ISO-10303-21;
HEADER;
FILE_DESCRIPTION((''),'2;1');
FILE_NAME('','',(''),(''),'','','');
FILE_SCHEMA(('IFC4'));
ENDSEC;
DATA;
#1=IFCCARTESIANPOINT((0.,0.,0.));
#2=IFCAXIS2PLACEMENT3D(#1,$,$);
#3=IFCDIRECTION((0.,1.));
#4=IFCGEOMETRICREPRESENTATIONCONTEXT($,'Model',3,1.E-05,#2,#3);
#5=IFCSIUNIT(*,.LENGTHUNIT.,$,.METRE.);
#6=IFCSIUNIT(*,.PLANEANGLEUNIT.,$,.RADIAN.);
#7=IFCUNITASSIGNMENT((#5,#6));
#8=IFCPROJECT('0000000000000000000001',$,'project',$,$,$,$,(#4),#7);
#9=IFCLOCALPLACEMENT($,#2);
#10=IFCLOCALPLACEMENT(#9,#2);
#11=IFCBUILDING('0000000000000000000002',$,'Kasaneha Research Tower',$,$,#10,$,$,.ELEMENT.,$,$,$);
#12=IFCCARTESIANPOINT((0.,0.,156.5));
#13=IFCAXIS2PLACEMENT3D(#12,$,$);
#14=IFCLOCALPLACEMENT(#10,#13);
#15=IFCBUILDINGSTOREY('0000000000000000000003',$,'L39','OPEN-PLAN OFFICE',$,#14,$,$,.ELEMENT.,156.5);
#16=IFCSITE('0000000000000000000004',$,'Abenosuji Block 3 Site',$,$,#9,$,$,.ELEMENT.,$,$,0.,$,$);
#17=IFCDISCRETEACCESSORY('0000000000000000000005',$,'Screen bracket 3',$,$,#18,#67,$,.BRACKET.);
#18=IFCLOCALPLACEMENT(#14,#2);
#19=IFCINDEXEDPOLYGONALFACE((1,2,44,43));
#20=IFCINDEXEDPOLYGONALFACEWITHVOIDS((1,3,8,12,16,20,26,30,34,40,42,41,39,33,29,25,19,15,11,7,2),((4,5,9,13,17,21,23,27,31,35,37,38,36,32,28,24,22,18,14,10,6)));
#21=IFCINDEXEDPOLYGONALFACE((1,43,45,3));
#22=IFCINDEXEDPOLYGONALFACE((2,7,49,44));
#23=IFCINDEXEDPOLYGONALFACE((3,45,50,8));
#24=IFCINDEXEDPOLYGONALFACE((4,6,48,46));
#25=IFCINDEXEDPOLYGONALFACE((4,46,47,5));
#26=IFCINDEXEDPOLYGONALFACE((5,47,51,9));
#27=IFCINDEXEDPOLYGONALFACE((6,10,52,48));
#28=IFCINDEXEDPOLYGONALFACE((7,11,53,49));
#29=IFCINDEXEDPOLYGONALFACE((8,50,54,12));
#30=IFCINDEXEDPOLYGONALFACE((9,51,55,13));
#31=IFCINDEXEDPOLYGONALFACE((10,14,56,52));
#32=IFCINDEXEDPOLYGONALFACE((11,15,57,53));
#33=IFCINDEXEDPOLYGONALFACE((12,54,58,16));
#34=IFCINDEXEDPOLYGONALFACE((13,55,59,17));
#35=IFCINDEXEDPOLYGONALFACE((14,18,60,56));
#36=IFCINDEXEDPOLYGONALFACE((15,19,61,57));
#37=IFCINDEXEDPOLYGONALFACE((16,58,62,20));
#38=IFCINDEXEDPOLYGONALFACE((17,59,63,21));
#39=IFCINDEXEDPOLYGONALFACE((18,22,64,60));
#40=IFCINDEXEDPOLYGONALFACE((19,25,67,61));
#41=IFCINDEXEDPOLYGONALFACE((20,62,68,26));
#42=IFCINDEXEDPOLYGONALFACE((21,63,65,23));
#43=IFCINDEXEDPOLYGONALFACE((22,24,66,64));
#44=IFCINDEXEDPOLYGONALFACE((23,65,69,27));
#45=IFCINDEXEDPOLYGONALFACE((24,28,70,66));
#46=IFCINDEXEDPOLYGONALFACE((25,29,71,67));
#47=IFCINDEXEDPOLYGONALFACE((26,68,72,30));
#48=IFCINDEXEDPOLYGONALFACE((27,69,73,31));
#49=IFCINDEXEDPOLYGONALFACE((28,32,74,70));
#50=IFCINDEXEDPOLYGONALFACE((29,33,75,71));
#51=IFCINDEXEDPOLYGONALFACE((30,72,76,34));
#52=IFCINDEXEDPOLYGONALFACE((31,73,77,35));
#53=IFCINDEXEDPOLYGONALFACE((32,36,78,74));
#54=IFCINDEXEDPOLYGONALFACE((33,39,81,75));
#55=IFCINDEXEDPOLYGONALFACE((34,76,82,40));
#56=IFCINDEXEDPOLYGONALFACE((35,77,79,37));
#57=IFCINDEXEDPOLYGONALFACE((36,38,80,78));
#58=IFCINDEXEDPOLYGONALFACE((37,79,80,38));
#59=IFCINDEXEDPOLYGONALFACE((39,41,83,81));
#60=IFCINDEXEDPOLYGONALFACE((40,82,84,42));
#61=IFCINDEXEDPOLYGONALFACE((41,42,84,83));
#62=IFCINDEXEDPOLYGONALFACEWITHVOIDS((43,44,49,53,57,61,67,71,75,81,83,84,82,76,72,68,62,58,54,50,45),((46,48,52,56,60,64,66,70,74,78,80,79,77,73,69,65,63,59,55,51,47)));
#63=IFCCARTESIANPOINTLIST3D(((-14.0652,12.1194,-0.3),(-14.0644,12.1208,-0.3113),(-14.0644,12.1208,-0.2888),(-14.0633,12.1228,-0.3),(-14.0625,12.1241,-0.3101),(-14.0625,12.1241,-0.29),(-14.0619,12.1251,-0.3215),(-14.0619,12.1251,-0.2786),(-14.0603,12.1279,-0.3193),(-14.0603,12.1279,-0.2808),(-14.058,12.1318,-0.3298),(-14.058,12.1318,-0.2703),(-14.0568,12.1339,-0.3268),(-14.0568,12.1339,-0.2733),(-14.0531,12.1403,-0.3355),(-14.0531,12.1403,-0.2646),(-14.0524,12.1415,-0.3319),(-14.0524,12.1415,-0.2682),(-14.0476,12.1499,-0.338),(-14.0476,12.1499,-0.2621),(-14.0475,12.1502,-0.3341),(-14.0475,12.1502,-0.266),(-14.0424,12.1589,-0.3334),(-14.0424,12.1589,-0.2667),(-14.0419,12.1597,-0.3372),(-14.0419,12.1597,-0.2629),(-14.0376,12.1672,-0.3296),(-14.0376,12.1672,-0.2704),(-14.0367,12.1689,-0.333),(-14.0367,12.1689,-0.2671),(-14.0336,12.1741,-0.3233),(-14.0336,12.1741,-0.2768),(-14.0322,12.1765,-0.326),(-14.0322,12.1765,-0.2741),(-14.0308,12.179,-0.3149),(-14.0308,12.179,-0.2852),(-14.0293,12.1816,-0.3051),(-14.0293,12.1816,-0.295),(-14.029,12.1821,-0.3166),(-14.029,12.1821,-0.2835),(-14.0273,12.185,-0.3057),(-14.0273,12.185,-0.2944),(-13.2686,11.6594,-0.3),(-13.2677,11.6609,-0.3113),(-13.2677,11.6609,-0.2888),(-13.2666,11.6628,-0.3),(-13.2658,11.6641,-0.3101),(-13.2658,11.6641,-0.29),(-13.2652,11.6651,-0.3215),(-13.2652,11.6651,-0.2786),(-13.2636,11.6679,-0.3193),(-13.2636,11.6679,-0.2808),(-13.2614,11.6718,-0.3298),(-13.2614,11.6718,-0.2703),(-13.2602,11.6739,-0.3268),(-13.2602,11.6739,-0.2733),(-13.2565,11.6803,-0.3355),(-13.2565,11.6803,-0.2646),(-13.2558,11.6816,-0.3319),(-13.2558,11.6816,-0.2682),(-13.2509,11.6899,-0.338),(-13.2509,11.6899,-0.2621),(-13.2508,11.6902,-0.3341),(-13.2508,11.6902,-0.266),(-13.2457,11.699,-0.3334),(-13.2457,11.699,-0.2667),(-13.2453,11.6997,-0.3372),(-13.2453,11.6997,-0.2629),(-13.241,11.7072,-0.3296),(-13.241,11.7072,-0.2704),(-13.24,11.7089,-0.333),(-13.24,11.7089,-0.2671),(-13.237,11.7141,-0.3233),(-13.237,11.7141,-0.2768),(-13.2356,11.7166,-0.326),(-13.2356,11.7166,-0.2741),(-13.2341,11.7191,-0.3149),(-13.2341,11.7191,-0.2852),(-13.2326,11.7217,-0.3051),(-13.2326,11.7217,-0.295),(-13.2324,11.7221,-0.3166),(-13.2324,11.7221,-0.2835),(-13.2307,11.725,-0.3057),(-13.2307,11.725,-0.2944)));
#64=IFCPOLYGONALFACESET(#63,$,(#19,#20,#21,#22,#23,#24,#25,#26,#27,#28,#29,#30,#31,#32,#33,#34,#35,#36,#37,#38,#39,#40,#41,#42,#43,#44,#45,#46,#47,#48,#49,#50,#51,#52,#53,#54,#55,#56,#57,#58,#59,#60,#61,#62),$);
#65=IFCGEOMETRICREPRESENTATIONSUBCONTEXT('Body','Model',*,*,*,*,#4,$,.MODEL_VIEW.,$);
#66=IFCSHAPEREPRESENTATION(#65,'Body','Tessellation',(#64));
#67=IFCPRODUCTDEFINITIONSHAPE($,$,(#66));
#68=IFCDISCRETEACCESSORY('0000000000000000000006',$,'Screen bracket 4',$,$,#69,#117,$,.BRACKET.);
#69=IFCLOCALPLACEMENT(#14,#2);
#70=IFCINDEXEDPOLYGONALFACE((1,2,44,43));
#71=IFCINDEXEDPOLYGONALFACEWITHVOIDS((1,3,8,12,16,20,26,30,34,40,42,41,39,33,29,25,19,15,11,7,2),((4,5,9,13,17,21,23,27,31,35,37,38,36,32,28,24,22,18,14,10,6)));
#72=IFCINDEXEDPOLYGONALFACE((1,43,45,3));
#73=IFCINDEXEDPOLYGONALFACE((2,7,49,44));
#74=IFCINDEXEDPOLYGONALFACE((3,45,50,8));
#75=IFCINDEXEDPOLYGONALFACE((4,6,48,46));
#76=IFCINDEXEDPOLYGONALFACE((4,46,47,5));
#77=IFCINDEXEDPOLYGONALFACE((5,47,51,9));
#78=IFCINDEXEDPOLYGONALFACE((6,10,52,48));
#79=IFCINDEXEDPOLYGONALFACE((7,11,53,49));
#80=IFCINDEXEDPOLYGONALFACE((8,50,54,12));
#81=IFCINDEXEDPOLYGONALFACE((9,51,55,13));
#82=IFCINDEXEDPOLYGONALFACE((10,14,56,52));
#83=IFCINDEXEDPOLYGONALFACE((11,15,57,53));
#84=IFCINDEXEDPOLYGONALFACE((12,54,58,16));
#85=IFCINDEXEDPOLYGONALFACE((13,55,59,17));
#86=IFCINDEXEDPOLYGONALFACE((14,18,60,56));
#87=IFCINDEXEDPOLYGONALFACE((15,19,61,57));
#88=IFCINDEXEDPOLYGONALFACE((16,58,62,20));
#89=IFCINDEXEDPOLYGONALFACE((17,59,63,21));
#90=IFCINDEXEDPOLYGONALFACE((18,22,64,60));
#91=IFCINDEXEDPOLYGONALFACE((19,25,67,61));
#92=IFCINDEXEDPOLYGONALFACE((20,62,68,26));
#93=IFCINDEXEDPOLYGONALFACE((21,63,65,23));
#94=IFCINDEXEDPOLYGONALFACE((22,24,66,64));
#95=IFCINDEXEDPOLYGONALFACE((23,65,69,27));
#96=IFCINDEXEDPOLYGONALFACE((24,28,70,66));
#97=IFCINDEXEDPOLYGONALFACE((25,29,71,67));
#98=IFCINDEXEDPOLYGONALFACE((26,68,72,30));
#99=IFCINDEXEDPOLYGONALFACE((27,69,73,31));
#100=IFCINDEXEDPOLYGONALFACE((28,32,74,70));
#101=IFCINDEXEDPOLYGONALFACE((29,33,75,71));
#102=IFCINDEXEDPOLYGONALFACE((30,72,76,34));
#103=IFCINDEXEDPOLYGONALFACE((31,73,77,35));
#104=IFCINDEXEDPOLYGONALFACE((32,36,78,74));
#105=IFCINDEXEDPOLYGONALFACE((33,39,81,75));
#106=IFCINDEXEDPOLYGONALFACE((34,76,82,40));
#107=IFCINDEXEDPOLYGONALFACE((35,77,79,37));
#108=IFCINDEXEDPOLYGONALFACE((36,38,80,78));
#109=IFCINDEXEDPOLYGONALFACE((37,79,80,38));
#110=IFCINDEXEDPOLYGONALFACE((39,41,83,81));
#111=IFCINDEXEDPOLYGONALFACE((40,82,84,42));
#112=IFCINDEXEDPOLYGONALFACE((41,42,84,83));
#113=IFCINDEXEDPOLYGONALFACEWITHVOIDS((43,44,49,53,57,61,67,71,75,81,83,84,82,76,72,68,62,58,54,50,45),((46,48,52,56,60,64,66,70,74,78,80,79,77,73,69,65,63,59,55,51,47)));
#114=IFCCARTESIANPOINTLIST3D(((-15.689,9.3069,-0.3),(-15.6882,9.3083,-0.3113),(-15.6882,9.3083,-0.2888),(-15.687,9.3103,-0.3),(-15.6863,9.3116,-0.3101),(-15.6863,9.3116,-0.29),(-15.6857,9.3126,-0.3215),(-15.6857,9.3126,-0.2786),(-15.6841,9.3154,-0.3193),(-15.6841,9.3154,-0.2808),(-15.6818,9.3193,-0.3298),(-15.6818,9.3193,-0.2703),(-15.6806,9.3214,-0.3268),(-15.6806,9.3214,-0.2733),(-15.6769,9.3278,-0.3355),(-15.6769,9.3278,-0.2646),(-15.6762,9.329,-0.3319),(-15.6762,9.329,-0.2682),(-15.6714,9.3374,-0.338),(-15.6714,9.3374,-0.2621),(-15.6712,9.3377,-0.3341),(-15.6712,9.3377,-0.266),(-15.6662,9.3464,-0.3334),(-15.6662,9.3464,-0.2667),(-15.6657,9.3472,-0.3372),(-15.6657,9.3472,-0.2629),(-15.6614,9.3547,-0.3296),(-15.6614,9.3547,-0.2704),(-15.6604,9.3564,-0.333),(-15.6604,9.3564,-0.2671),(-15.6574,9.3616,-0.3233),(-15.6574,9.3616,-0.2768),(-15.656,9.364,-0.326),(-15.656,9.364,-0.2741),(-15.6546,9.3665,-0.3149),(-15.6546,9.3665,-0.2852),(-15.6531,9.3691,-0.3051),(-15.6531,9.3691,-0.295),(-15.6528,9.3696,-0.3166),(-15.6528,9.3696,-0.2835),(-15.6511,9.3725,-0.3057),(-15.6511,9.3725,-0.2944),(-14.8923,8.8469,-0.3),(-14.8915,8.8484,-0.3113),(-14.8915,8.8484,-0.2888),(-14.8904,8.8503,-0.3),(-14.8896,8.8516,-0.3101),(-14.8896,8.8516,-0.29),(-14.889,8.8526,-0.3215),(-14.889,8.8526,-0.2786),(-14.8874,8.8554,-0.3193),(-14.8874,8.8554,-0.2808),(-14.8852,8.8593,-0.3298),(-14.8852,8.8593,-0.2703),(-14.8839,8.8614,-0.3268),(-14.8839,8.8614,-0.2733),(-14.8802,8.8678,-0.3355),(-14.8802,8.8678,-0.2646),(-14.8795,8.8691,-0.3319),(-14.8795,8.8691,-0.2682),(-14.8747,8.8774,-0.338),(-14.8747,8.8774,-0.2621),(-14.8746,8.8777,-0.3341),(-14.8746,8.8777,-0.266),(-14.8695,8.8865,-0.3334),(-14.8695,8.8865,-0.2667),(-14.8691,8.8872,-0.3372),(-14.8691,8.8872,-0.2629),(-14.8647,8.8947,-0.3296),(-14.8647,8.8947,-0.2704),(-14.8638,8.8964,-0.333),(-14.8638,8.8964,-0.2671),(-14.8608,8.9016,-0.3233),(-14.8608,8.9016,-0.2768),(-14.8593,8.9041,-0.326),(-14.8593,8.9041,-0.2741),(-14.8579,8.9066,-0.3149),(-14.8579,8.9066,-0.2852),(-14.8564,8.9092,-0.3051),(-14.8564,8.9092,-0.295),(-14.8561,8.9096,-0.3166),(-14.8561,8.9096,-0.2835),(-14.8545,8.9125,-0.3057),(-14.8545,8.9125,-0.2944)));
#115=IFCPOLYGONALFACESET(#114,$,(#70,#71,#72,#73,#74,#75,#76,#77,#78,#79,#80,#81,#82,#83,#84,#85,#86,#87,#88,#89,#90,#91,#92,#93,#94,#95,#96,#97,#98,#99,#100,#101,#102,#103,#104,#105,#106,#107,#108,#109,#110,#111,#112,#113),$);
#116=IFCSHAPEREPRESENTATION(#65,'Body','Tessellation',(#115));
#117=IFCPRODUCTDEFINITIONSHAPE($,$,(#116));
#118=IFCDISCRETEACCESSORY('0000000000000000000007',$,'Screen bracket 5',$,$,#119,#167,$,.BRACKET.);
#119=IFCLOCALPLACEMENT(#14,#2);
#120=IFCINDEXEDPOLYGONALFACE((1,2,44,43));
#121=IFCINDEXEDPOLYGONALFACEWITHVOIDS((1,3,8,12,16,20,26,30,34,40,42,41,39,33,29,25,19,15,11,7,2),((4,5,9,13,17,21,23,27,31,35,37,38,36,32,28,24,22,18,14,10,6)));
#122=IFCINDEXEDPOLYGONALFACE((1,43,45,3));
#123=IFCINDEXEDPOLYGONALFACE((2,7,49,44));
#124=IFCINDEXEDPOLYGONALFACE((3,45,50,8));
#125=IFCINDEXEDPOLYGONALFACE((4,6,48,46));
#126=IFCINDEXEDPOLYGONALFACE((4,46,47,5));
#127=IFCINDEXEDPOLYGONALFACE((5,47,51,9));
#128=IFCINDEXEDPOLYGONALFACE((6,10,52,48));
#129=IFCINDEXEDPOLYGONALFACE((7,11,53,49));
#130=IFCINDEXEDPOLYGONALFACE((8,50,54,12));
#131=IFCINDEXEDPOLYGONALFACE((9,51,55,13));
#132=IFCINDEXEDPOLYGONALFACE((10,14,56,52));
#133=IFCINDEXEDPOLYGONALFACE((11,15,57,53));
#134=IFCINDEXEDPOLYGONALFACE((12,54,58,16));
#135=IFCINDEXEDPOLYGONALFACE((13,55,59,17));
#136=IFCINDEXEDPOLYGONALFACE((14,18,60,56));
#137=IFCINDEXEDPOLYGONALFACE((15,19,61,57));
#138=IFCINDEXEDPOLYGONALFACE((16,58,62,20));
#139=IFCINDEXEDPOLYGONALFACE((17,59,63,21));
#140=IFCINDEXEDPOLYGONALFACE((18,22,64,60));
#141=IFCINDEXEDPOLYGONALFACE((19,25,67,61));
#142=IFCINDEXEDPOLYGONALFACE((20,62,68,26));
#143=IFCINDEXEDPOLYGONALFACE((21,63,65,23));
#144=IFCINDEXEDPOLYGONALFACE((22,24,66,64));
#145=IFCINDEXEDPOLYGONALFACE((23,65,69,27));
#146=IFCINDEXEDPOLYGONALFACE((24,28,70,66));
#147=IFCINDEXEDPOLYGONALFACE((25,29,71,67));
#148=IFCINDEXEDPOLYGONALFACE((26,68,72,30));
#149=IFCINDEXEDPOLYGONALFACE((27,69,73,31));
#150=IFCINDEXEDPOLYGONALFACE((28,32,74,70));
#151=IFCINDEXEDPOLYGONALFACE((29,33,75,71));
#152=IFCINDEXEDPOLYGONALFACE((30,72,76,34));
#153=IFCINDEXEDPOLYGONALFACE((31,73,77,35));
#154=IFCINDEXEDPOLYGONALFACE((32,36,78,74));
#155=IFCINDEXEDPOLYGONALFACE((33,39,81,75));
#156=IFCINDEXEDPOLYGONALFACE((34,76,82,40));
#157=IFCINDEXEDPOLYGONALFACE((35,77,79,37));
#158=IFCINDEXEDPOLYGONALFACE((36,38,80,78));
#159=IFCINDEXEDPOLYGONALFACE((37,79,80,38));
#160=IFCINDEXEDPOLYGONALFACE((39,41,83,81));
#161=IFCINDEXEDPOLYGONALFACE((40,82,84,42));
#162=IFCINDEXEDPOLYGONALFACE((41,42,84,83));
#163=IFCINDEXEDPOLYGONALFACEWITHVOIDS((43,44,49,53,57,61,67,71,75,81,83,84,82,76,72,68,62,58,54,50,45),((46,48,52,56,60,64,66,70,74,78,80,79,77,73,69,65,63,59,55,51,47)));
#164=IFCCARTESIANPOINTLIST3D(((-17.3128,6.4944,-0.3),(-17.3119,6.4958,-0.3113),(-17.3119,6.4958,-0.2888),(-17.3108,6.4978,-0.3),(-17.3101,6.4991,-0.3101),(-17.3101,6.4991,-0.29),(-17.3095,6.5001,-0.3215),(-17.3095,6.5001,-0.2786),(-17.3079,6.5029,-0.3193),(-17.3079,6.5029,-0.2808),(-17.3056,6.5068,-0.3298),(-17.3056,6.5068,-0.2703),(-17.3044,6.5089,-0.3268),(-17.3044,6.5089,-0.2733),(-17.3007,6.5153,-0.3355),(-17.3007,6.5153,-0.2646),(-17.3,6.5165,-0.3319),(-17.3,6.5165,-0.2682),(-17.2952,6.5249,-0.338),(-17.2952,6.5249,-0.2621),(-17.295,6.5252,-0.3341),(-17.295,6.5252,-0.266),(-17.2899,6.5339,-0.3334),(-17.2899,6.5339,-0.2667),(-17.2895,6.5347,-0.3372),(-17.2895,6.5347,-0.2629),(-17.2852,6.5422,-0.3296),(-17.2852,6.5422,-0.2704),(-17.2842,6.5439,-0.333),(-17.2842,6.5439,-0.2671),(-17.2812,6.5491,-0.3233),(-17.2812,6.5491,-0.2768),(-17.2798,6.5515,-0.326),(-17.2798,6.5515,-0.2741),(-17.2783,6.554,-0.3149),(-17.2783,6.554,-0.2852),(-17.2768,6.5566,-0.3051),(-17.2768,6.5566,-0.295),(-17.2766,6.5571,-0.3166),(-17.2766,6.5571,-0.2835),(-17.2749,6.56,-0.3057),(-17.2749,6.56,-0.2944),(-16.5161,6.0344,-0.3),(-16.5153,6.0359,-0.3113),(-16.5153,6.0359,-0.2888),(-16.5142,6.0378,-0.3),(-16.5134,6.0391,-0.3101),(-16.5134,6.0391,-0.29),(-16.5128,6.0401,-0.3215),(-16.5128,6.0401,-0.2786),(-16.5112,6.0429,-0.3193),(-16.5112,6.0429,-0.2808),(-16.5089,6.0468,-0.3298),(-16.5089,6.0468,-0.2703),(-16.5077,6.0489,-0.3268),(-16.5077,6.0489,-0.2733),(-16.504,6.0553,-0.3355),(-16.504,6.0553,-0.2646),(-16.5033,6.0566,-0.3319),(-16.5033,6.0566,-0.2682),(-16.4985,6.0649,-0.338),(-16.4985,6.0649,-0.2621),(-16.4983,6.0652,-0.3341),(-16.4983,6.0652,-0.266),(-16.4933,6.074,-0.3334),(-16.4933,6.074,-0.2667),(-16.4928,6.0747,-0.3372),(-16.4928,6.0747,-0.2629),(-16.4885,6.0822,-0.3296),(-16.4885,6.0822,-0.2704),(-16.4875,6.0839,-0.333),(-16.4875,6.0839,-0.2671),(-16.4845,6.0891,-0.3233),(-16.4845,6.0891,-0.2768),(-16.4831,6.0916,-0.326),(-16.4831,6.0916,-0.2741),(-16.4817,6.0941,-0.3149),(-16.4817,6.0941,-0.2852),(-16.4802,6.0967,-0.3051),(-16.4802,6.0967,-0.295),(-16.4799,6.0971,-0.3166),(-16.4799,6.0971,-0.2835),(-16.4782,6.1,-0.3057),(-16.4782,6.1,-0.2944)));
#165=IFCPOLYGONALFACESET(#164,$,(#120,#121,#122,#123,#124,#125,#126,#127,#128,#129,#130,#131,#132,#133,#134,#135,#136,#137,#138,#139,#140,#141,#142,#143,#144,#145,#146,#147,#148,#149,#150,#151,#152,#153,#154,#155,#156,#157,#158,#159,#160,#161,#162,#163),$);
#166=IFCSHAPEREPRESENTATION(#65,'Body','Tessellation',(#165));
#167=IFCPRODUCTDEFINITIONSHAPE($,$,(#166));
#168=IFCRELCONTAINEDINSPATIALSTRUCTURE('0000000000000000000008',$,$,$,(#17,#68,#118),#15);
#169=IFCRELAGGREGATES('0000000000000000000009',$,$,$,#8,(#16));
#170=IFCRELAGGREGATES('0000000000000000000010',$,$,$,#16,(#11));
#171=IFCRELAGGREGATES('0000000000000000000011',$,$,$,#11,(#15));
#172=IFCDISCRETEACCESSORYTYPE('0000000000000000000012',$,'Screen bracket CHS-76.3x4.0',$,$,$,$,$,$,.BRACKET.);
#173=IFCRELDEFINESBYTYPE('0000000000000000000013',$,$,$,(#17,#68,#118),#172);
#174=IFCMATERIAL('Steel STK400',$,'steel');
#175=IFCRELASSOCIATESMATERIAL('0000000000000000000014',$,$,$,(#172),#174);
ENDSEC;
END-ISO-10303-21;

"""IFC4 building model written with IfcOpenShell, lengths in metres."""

from ifc_helpers import new_model, si_unit, direction, frame, origin, origin_2d, place, context, subcontext, project, spatial, hollow_circle, extrude, material, material_profile, profile_set, type_object, element, save


model = new_model("IFC4")

# Units and contexts
model_context = context("Model", 3, precision=1e-05, world=origin(), true_north=direction((0.0, 1.0)))
body_context = subcontext(model_context, "Body", "Model", "MODEL_VIEW")
ifc_project = project(units=[si_unit("LENGTHUNIT", "METRE"), si_unit("PLANEANGLEUNIT", "RADIAN")], contexts=[model_context])

# Site, building, storey
site_placement = place(None, origin())
site = spatial("IfcSite", under=ifc_project, at=site_placement, Name="Abenosuji Block 3 Site", CompositionType="ELEMENT", RefElevation=0.0)
building_placement = place(site_placement, origin())
building = spatial("IfcBuilding", under=site, at=building_placement, Name="Kasaneha Research Tower", CompositionType="ELEMENT")
storey_placement = place(building_placement, frame((0.0, 0.0, 156.5)))
storey = spatial("IfcBuildingStorey", under=building, at=storey_placement, Name="L39", Description="OPEN-PLAN OFFICE", CompositionType="ELEMENT", Elevation=156.5)

# Discrete accessories
ifc_material_1 = material(Name="Steel STK400", Category="steel")
ifc_material_profile_1 = material_profile(ifc_material_1, hollow_circle(Radius=0.0381, WallThickness=0.0039, at=origin_2d()), Name="CHS-76.3x4.0")
ifc_profile_set_1 = profile_set([ifc_material_profile_1], Name="Steel STK400")
discrete_accessory_type = type_object("IfcDiscreteAccessoryType", Name="Screen bracket CHS-76.3x4.0", PredefinedType="BRACKET", material=ifc_profile_set_1)
for number, where, z_axis, x_axis, name in (
    (1, (-13.2495, 11.6924, -0.3), (-0.866013, 0.500021, 0.0), (-0.500021, -0.866013, 0.0), "Screen bracket 3"),
    (2, (-14.8733, 8.8799, -0.3), (-0.866013, 0.500021, 0.0), (-0.500021, -0.866013, 0.0), "Screen bracket 4"),
    (3, (-16.4971, 6.0674, -0.3), (-0.866013, 0.500021, 0.0), (-0.500021, -0.866013, 0.0), "Screen bracket 5"),
):
    element("IfcDiscreteAccessory", number, at=place(storey_placement, frame(where, z_axis=z_axis, x_axis=x_axis)), inside=storey, type_object=discrete_accessory_type, Name=name, PredefinedType="BRACKET", context=body_context, shape_type="SweptSolid", body=[
        extrude(hollow_circle(Radius=0.0381, WallThickness=0.0039, at=origin_2d()), origin(), (0.0, 0.0, 1.0), 0.9199),
    ])

save(model, "model.ifc")
